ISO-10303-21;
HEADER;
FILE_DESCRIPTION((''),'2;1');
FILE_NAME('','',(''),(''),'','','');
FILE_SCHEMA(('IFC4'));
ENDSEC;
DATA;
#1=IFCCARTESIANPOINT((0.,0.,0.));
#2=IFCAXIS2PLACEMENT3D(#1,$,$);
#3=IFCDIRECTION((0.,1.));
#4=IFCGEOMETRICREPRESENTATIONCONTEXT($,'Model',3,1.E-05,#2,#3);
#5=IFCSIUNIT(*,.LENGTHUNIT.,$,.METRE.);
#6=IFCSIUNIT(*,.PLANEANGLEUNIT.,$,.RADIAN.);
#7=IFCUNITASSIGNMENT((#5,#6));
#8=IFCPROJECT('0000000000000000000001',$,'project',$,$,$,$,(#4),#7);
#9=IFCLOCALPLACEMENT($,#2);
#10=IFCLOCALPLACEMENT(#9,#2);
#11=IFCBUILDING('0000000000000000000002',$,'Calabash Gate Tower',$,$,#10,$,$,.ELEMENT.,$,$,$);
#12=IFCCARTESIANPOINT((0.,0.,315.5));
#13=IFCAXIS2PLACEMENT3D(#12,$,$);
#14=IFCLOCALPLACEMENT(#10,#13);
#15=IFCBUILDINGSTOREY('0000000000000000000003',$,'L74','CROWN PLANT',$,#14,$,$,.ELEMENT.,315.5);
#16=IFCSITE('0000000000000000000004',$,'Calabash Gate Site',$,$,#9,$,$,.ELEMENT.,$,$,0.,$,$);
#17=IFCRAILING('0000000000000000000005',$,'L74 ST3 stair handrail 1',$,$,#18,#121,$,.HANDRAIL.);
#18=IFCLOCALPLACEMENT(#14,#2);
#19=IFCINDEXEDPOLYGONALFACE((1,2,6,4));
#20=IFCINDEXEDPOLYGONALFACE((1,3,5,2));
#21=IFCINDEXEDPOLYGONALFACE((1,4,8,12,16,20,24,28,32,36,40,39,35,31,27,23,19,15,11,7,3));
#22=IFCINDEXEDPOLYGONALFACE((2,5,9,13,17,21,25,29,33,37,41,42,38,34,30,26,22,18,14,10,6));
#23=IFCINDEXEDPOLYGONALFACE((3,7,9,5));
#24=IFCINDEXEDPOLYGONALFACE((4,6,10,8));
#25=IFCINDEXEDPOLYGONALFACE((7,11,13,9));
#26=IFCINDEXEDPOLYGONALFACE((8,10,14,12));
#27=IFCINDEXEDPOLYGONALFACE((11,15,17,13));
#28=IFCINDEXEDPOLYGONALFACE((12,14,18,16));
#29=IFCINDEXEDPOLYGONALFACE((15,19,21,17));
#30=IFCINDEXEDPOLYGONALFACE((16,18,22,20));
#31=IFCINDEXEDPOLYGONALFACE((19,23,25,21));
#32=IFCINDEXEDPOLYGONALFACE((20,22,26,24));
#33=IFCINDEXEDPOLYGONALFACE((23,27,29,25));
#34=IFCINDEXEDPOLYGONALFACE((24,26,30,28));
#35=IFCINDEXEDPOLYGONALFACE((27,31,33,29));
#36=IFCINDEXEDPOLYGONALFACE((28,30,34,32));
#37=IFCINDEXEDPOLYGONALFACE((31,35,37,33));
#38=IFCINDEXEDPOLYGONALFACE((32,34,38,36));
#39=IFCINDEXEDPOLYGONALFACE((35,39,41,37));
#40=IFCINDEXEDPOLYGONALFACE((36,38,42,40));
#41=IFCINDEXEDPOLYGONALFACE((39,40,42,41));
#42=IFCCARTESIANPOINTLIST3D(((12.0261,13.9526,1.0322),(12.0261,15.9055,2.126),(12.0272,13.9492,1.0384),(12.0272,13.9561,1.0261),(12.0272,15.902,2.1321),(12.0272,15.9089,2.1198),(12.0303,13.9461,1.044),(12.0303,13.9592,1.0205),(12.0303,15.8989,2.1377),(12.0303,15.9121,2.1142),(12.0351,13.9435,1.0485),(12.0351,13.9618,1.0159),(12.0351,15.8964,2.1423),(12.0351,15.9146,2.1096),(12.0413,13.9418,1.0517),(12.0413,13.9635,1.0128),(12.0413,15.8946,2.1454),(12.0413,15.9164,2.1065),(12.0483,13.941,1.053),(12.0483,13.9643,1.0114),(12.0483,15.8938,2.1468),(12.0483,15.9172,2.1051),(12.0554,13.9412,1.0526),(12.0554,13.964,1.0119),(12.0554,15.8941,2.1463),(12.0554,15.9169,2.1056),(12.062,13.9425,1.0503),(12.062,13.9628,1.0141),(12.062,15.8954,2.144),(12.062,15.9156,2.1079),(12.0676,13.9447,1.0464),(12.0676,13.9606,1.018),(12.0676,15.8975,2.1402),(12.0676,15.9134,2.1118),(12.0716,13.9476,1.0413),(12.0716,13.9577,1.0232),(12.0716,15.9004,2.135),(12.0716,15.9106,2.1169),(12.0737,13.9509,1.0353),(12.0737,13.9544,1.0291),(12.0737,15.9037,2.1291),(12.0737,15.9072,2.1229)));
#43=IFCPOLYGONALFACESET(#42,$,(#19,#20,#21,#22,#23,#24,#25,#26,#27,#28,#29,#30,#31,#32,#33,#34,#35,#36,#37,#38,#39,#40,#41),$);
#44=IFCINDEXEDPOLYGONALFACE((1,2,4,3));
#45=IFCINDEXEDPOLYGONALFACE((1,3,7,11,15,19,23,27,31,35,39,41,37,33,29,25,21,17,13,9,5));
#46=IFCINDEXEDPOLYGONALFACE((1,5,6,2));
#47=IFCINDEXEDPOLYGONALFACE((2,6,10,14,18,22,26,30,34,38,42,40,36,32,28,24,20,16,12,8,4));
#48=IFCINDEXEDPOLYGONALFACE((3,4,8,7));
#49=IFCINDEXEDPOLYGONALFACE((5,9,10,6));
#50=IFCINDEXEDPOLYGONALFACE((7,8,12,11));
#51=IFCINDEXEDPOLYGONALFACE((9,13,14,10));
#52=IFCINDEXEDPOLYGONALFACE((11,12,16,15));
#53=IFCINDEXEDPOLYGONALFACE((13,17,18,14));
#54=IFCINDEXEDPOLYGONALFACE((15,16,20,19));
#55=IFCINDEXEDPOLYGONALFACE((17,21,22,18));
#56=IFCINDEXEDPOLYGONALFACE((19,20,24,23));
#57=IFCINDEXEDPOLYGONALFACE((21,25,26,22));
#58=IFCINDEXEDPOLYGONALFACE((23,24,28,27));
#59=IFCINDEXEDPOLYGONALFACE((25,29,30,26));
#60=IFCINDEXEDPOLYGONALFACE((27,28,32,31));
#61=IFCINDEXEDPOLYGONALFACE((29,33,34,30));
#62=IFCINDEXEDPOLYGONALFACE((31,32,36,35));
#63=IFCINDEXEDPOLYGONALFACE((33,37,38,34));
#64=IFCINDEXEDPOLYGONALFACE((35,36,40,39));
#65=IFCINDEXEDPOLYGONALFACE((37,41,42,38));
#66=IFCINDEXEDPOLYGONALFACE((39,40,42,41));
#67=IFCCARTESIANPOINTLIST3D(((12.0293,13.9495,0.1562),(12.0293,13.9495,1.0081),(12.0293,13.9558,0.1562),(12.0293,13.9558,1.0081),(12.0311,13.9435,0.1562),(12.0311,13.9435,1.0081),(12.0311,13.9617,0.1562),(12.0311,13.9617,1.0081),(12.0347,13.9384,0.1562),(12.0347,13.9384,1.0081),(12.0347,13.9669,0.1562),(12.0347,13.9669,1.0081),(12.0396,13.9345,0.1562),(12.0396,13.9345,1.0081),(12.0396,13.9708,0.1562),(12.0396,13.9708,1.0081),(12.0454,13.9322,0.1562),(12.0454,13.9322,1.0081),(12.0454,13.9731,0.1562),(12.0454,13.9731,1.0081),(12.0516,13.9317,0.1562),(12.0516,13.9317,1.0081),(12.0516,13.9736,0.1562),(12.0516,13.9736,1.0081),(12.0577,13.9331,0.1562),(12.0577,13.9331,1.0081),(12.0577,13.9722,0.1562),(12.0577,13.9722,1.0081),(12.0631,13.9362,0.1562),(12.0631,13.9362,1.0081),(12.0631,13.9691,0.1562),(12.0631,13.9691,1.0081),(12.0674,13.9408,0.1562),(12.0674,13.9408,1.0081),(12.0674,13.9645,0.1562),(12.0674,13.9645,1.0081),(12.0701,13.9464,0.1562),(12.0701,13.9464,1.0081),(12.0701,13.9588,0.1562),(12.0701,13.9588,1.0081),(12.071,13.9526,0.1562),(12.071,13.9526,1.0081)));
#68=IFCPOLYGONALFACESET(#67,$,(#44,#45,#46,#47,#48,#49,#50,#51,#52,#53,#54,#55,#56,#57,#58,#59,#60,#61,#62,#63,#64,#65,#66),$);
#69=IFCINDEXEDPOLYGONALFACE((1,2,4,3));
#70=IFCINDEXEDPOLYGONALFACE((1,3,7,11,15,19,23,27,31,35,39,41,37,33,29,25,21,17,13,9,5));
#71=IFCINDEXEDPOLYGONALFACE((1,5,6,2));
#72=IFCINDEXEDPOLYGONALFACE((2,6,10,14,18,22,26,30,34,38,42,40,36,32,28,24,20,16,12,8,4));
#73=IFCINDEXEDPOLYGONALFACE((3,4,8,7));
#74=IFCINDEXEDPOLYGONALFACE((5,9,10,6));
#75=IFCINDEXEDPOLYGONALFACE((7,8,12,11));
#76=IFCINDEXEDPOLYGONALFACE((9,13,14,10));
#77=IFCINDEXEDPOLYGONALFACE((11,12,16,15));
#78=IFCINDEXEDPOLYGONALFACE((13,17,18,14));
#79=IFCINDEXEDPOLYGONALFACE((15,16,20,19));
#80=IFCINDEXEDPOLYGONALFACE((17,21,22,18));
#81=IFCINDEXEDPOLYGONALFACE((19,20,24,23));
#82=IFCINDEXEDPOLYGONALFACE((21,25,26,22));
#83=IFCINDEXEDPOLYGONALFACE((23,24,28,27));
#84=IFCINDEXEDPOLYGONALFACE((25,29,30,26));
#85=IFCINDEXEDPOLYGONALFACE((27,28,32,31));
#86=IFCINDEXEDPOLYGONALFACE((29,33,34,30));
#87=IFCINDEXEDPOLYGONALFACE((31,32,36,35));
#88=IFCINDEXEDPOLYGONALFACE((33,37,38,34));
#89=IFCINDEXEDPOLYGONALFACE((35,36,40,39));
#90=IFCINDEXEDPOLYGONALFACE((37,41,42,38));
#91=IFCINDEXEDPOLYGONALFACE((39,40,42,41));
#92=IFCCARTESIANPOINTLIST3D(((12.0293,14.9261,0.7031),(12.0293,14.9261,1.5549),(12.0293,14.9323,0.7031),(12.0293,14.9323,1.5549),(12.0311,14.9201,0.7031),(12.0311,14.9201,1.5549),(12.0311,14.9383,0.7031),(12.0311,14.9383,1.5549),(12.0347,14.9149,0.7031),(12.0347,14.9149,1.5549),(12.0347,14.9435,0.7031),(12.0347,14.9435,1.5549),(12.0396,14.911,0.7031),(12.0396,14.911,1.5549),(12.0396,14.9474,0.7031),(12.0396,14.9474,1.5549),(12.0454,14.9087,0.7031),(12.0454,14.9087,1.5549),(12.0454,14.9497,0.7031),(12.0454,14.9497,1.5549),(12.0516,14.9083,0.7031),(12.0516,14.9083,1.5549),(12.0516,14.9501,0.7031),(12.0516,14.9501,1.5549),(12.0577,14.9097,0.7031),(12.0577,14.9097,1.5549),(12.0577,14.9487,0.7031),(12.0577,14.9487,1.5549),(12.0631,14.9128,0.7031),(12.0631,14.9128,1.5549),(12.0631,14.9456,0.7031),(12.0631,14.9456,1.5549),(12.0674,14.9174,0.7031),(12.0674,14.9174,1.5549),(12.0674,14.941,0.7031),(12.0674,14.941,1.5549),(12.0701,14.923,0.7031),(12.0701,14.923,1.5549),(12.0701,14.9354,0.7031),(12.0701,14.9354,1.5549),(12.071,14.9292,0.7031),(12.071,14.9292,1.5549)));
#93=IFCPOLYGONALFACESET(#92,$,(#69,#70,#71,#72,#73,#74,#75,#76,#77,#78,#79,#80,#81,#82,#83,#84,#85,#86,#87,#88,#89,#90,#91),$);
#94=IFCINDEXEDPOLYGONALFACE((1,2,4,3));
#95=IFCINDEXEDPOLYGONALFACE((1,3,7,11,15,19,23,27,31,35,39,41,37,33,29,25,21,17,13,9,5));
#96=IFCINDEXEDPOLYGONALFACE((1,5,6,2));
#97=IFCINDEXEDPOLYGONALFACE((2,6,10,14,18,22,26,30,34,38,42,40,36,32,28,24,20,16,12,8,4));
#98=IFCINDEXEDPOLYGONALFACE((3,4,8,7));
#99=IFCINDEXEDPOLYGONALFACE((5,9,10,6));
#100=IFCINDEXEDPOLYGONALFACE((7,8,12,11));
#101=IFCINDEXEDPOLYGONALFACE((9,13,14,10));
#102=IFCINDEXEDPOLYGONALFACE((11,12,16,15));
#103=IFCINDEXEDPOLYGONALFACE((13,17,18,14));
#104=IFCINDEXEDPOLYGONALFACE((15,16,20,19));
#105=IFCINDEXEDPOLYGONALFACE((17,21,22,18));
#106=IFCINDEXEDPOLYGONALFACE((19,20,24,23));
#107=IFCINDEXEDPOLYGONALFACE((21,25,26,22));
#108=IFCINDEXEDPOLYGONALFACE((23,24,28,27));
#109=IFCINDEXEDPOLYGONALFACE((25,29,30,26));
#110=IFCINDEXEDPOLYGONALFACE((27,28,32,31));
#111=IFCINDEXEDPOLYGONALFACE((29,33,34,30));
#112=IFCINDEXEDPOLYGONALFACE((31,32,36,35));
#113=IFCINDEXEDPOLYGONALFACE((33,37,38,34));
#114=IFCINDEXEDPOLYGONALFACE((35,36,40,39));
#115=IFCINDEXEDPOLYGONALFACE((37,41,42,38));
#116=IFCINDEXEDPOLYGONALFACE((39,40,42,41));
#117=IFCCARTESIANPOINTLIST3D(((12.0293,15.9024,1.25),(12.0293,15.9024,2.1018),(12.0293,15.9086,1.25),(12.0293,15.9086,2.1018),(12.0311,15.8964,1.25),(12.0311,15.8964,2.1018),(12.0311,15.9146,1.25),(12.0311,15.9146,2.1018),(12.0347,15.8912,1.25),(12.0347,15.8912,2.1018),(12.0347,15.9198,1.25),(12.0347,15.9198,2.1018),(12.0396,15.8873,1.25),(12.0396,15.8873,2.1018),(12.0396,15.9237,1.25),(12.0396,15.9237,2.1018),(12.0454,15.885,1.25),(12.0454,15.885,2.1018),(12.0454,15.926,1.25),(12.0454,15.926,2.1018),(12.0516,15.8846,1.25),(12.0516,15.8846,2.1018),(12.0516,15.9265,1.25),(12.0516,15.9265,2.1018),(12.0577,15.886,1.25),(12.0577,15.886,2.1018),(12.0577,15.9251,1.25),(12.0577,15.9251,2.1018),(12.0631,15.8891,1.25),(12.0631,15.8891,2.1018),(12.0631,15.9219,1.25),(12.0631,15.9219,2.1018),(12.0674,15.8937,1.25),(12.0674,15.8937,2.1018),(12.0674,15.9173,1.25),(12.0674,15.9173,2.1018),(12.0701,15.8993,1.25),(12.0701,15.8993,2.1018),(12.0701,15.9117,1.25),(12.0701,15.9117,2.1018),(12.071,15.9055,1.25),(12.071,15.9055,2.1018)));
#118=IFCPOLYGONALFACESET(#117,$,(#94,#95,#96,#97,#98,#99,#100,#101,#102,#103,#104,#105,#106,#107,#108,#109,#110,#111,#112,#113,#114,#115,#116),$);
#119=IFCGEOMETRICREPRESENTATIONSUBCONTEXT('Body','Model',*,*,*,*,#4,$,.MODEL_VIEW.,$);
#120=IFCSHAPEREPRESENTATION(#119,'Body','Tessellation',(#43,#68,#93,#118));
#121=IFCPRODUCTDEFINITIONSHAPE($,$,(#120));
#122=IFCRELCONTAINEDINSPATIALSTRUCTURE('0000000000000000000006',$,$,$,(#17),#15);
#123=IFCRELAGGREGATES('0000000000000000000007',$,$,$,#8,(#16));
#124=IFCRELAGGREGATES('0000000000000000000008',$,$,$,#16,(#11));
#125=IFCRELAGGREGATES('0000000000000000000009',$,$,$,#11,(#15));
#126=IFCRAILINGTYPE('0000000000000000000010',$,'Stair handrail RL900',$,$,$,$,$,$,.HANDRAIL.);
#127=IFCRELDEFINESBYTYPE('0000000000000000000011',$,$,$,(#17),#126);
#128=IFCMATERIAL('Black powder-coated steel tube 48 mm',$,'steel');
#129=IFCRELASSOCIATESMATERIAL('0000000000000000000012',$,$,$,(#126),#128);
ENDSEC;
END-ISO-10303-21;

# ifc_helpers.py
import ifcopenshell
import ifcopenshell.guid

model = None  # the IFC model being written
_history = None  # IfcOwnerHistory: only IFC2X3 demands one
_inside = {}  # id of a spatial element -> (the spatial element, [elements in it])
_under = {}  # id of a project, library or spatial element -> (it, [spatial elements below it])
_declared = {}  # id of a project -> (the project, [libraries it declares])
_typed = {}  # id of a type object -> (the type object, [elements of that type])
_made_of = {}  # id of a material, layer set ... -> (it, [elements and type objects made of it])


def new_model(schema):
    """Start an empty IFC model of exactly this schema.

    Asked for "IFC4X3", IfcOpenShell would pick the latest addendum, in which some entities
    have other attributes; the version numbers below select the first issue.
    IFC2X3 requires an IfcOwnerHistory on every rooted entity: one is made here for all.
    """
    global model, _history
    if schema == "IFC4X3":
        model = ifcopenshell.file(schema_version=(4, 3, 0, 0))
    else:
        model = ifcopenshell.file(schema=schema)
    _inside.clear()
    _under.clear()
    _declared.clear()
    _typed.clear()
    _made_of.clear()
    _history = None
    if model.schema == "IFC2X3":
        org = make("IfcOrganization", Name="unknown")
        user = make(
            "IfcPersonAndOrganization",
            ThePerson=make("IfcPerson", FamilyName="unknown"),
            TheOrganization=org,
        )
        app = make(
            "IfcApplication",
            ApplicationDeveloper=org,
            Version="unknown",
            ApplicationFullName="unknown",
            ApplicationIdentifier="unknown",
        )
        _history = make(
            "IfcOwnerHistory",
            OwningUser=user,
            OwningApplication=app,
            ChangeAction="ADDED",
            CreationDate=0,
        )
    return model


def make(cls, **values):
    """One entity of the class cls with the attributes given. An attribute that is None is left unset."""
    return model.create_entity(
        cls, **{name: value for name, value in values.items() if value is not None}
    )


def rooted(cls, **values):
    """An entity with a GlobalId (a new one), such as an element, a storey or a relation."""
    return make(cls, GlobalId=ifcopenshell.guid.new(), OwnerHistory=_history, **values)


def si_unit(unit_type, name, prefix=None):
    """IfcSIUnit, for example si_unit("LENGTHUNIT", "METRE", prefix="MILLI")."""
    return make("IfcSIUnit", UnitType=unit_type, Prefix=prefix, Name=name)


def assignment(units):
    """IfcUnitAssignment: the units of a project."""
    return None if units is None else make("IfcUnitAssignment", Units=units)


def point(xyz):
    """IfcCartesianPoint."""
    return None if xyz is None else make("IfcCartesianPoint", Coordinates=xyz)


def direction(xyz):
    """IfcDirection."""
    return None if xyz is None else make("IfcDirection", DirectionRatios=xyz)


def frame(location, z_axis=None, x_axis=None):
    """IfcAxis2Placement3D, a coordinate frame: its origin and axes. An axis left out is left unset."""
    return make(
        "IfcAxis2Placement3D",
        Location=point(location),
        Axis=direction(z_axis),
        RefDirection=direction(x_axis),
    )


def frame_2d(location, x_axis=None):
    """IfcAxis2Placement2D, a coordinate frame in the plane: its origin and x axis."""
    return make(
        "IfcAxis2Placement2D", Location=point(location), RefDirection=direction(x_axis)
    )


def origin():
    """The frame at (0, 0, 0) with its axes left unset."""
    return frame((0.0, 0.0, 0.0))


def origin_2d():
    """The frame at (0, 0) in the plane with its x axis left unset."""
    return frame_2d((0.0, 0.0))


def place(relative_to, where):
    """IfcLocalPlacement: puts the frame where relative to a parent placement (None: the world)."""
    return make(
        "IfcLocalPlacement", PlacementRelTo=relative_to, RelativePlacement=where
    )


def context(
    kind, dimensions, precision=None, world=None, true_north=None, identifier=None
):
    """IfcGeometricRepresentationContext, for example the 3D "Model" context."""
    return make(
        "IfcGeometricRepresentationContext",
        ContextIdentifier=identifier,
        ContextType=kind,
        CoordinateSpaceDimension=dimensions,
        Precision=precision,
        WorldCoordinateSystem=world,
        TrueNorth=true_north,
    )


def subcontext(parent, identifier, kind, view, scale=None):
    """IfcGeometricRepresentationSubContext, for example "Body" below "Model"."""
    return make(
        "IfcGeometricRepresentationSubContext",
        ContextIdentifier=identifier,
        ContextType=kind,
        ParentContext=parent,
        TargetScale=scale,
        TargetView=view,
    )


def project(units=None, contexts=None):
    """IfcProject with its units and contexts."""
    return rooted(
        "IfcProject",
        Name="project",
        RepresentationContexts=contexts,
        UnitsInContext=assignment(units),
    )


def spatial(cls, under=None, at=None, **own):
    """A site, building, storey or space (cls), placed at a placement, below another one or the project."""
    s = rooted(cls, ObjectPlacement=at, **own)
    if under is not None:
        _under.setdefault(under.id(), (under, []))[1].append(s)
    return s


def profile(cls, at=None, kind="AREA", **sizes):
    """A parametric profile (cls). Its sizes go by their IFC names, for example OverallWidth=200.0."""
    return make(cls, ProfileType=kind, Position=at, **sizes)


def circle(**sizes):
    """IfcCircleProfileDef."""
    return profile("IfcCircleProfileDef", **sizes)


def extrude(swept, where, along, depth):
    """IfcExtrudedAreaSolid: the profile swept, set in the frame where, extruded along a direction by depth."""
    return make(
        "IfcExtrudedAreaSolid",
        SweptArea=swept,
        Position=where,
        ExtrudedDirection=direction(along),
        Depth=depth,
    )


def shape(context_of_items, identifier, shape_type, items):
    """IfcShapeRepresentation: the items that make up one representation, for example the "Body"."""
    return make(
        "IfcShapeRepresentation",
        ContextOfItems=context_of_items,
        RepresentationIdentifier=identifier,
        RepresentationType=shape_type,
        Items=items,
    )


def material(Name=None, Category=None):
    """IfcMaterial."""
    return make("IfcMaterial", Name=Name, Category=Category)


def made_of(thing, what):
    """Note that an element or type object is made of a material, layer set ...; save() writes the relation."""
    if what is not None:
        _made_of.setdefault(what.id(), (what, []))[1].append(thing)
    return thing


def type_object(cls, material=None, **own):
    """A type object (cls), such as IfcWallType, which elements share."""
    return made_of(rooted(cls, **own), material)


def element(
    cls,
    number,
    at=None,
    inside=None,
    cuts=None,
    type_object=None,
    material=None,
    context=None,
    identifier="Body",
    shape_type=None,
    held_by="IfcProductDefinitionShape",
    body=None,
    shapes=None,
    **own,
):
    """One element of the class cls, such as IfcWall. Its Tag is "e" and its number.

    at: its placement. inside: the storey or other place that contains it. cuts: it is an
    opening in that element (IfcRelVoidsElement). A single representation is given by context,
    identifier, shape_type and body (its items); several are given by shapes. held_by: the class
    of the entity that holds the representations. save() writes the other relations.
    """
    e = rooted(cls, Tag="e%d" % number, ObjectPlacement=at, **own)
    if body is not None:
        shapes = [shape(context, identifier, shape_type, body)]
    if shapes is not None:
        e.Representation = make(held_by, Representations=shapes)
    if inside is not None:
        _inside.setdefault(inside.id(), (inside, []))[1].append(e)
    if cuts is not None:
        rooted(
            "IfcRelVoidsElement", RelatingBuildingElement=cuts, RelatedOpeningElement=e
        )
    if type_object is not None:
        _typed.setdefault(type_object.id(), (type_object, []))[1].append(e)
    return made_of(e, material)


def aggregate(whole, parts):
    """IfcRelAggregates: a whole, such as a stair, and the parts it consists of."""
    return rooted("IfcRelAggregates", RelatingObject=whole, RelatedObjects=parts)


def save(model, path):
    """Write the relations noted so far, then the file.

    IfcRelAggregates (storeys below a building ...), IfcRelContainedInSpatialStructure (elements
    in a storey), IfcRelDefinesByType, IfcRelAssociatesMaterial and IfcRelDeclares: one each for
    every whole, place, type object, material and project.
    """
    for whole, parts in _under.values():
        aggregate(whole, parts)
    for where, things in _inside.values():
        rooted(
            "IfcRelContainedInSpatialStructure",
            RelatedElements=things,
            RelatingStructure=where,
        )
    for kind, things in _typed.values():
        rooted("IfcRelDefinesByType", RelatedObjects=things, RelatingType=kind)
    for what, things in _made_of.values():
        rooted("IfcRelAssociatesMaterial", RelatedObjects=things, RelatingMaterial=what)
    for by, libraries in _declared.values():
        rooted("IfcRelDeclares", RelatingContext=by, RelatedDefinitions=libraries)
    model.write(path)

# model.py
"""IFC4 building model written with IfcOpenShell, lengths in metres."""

from ifc_helpers import new_model, si_unit, direction, frame, origin, origin_2d, place, context, subcontext, project, spatial, circle, extrude, material, type_object, element, save


model = new_model("IFC4")

# Units and contexts
model_context = context("Model", 3, precision=1e-05, world=origin(), true_north=direction((0.0, 1.0)))
body_context = subcontext(model_context, "Body", "Model", "MODEL_VIEW")
ifc_project = project(units=[si_unit("LENGTHUNIT", "METRE"), si_unit("PLANEANGLEUNIT", "RADIAN")], contexts=[model_context])

# Site, building, storey
site_placement = place(None, origin())
site = spatial("IfcSite", under=ifc_project, at=site_placement, Name="Calabash Gate Site", CompositionType="ELEMENT", RefElevation=0.0)
building_placement = place(site_placement, origin())
building = spatial("IfcBuilding", under=site, at=building_placement, Name="Calabash Gate Tower", CompositionType="ELEMENT")
storey_placement = place(building_placement, frame((0.0, 0.0, 315.5)))
storey = spatial("IfcBuildingStorey", under=building, at=storey_placement, Name="L74", Description="CROWN PLANT", CompositionType="ELEMENT", Elevation=315.5)

# Railing
ifc_material_1 = material(Name="Black powder-coated steel tube 48 mm", Category="steel")
railing_type_1 = type_object("IfcRailingType", Name="Stair handrail RL900", PredefinedType="HANDRAIL", material=ifc_material_1)
railing_1_placement = place(storey_placement, frame((12.05, 13.9526, 0.1562)))
element("IfcRailing", 1, at=railing_1_placement, inside=storey, type_object=railing_type_1, Name="L74 ST3 stair handrail 1", PredefinedType="HANDRAIL", context=body_context, shape_type="SweptSolid", body=[
    extrude(circle(Radius=0.0239, at=origin_2d()), frame((0.0, 0.0, 0.876), z_axis=(0.0, 0.87248, 0.48865), x_axis=(-1.0, 0.0, 0.0)), (0.0, 0.0, 1.0), 2.2383),
    extrude(circle(Radius=0.021, at=origin_2d()), origin(), (0.0, 0.0, 1.0), 0.8518),
    extrude(circle(Radius=0.021, at=origin_2d()), frame((0.0, 0.9766, 0.5469)), (0.0, 0.0, 1.0), 0.8518),
    extrude(circle(Radius=0.021, at=origin_2d()), frame((0.0, 1.9529, 1.0938)), (0.0, 0.0, 1.0), 0.8518),
])

save(model, "model.ifc")
